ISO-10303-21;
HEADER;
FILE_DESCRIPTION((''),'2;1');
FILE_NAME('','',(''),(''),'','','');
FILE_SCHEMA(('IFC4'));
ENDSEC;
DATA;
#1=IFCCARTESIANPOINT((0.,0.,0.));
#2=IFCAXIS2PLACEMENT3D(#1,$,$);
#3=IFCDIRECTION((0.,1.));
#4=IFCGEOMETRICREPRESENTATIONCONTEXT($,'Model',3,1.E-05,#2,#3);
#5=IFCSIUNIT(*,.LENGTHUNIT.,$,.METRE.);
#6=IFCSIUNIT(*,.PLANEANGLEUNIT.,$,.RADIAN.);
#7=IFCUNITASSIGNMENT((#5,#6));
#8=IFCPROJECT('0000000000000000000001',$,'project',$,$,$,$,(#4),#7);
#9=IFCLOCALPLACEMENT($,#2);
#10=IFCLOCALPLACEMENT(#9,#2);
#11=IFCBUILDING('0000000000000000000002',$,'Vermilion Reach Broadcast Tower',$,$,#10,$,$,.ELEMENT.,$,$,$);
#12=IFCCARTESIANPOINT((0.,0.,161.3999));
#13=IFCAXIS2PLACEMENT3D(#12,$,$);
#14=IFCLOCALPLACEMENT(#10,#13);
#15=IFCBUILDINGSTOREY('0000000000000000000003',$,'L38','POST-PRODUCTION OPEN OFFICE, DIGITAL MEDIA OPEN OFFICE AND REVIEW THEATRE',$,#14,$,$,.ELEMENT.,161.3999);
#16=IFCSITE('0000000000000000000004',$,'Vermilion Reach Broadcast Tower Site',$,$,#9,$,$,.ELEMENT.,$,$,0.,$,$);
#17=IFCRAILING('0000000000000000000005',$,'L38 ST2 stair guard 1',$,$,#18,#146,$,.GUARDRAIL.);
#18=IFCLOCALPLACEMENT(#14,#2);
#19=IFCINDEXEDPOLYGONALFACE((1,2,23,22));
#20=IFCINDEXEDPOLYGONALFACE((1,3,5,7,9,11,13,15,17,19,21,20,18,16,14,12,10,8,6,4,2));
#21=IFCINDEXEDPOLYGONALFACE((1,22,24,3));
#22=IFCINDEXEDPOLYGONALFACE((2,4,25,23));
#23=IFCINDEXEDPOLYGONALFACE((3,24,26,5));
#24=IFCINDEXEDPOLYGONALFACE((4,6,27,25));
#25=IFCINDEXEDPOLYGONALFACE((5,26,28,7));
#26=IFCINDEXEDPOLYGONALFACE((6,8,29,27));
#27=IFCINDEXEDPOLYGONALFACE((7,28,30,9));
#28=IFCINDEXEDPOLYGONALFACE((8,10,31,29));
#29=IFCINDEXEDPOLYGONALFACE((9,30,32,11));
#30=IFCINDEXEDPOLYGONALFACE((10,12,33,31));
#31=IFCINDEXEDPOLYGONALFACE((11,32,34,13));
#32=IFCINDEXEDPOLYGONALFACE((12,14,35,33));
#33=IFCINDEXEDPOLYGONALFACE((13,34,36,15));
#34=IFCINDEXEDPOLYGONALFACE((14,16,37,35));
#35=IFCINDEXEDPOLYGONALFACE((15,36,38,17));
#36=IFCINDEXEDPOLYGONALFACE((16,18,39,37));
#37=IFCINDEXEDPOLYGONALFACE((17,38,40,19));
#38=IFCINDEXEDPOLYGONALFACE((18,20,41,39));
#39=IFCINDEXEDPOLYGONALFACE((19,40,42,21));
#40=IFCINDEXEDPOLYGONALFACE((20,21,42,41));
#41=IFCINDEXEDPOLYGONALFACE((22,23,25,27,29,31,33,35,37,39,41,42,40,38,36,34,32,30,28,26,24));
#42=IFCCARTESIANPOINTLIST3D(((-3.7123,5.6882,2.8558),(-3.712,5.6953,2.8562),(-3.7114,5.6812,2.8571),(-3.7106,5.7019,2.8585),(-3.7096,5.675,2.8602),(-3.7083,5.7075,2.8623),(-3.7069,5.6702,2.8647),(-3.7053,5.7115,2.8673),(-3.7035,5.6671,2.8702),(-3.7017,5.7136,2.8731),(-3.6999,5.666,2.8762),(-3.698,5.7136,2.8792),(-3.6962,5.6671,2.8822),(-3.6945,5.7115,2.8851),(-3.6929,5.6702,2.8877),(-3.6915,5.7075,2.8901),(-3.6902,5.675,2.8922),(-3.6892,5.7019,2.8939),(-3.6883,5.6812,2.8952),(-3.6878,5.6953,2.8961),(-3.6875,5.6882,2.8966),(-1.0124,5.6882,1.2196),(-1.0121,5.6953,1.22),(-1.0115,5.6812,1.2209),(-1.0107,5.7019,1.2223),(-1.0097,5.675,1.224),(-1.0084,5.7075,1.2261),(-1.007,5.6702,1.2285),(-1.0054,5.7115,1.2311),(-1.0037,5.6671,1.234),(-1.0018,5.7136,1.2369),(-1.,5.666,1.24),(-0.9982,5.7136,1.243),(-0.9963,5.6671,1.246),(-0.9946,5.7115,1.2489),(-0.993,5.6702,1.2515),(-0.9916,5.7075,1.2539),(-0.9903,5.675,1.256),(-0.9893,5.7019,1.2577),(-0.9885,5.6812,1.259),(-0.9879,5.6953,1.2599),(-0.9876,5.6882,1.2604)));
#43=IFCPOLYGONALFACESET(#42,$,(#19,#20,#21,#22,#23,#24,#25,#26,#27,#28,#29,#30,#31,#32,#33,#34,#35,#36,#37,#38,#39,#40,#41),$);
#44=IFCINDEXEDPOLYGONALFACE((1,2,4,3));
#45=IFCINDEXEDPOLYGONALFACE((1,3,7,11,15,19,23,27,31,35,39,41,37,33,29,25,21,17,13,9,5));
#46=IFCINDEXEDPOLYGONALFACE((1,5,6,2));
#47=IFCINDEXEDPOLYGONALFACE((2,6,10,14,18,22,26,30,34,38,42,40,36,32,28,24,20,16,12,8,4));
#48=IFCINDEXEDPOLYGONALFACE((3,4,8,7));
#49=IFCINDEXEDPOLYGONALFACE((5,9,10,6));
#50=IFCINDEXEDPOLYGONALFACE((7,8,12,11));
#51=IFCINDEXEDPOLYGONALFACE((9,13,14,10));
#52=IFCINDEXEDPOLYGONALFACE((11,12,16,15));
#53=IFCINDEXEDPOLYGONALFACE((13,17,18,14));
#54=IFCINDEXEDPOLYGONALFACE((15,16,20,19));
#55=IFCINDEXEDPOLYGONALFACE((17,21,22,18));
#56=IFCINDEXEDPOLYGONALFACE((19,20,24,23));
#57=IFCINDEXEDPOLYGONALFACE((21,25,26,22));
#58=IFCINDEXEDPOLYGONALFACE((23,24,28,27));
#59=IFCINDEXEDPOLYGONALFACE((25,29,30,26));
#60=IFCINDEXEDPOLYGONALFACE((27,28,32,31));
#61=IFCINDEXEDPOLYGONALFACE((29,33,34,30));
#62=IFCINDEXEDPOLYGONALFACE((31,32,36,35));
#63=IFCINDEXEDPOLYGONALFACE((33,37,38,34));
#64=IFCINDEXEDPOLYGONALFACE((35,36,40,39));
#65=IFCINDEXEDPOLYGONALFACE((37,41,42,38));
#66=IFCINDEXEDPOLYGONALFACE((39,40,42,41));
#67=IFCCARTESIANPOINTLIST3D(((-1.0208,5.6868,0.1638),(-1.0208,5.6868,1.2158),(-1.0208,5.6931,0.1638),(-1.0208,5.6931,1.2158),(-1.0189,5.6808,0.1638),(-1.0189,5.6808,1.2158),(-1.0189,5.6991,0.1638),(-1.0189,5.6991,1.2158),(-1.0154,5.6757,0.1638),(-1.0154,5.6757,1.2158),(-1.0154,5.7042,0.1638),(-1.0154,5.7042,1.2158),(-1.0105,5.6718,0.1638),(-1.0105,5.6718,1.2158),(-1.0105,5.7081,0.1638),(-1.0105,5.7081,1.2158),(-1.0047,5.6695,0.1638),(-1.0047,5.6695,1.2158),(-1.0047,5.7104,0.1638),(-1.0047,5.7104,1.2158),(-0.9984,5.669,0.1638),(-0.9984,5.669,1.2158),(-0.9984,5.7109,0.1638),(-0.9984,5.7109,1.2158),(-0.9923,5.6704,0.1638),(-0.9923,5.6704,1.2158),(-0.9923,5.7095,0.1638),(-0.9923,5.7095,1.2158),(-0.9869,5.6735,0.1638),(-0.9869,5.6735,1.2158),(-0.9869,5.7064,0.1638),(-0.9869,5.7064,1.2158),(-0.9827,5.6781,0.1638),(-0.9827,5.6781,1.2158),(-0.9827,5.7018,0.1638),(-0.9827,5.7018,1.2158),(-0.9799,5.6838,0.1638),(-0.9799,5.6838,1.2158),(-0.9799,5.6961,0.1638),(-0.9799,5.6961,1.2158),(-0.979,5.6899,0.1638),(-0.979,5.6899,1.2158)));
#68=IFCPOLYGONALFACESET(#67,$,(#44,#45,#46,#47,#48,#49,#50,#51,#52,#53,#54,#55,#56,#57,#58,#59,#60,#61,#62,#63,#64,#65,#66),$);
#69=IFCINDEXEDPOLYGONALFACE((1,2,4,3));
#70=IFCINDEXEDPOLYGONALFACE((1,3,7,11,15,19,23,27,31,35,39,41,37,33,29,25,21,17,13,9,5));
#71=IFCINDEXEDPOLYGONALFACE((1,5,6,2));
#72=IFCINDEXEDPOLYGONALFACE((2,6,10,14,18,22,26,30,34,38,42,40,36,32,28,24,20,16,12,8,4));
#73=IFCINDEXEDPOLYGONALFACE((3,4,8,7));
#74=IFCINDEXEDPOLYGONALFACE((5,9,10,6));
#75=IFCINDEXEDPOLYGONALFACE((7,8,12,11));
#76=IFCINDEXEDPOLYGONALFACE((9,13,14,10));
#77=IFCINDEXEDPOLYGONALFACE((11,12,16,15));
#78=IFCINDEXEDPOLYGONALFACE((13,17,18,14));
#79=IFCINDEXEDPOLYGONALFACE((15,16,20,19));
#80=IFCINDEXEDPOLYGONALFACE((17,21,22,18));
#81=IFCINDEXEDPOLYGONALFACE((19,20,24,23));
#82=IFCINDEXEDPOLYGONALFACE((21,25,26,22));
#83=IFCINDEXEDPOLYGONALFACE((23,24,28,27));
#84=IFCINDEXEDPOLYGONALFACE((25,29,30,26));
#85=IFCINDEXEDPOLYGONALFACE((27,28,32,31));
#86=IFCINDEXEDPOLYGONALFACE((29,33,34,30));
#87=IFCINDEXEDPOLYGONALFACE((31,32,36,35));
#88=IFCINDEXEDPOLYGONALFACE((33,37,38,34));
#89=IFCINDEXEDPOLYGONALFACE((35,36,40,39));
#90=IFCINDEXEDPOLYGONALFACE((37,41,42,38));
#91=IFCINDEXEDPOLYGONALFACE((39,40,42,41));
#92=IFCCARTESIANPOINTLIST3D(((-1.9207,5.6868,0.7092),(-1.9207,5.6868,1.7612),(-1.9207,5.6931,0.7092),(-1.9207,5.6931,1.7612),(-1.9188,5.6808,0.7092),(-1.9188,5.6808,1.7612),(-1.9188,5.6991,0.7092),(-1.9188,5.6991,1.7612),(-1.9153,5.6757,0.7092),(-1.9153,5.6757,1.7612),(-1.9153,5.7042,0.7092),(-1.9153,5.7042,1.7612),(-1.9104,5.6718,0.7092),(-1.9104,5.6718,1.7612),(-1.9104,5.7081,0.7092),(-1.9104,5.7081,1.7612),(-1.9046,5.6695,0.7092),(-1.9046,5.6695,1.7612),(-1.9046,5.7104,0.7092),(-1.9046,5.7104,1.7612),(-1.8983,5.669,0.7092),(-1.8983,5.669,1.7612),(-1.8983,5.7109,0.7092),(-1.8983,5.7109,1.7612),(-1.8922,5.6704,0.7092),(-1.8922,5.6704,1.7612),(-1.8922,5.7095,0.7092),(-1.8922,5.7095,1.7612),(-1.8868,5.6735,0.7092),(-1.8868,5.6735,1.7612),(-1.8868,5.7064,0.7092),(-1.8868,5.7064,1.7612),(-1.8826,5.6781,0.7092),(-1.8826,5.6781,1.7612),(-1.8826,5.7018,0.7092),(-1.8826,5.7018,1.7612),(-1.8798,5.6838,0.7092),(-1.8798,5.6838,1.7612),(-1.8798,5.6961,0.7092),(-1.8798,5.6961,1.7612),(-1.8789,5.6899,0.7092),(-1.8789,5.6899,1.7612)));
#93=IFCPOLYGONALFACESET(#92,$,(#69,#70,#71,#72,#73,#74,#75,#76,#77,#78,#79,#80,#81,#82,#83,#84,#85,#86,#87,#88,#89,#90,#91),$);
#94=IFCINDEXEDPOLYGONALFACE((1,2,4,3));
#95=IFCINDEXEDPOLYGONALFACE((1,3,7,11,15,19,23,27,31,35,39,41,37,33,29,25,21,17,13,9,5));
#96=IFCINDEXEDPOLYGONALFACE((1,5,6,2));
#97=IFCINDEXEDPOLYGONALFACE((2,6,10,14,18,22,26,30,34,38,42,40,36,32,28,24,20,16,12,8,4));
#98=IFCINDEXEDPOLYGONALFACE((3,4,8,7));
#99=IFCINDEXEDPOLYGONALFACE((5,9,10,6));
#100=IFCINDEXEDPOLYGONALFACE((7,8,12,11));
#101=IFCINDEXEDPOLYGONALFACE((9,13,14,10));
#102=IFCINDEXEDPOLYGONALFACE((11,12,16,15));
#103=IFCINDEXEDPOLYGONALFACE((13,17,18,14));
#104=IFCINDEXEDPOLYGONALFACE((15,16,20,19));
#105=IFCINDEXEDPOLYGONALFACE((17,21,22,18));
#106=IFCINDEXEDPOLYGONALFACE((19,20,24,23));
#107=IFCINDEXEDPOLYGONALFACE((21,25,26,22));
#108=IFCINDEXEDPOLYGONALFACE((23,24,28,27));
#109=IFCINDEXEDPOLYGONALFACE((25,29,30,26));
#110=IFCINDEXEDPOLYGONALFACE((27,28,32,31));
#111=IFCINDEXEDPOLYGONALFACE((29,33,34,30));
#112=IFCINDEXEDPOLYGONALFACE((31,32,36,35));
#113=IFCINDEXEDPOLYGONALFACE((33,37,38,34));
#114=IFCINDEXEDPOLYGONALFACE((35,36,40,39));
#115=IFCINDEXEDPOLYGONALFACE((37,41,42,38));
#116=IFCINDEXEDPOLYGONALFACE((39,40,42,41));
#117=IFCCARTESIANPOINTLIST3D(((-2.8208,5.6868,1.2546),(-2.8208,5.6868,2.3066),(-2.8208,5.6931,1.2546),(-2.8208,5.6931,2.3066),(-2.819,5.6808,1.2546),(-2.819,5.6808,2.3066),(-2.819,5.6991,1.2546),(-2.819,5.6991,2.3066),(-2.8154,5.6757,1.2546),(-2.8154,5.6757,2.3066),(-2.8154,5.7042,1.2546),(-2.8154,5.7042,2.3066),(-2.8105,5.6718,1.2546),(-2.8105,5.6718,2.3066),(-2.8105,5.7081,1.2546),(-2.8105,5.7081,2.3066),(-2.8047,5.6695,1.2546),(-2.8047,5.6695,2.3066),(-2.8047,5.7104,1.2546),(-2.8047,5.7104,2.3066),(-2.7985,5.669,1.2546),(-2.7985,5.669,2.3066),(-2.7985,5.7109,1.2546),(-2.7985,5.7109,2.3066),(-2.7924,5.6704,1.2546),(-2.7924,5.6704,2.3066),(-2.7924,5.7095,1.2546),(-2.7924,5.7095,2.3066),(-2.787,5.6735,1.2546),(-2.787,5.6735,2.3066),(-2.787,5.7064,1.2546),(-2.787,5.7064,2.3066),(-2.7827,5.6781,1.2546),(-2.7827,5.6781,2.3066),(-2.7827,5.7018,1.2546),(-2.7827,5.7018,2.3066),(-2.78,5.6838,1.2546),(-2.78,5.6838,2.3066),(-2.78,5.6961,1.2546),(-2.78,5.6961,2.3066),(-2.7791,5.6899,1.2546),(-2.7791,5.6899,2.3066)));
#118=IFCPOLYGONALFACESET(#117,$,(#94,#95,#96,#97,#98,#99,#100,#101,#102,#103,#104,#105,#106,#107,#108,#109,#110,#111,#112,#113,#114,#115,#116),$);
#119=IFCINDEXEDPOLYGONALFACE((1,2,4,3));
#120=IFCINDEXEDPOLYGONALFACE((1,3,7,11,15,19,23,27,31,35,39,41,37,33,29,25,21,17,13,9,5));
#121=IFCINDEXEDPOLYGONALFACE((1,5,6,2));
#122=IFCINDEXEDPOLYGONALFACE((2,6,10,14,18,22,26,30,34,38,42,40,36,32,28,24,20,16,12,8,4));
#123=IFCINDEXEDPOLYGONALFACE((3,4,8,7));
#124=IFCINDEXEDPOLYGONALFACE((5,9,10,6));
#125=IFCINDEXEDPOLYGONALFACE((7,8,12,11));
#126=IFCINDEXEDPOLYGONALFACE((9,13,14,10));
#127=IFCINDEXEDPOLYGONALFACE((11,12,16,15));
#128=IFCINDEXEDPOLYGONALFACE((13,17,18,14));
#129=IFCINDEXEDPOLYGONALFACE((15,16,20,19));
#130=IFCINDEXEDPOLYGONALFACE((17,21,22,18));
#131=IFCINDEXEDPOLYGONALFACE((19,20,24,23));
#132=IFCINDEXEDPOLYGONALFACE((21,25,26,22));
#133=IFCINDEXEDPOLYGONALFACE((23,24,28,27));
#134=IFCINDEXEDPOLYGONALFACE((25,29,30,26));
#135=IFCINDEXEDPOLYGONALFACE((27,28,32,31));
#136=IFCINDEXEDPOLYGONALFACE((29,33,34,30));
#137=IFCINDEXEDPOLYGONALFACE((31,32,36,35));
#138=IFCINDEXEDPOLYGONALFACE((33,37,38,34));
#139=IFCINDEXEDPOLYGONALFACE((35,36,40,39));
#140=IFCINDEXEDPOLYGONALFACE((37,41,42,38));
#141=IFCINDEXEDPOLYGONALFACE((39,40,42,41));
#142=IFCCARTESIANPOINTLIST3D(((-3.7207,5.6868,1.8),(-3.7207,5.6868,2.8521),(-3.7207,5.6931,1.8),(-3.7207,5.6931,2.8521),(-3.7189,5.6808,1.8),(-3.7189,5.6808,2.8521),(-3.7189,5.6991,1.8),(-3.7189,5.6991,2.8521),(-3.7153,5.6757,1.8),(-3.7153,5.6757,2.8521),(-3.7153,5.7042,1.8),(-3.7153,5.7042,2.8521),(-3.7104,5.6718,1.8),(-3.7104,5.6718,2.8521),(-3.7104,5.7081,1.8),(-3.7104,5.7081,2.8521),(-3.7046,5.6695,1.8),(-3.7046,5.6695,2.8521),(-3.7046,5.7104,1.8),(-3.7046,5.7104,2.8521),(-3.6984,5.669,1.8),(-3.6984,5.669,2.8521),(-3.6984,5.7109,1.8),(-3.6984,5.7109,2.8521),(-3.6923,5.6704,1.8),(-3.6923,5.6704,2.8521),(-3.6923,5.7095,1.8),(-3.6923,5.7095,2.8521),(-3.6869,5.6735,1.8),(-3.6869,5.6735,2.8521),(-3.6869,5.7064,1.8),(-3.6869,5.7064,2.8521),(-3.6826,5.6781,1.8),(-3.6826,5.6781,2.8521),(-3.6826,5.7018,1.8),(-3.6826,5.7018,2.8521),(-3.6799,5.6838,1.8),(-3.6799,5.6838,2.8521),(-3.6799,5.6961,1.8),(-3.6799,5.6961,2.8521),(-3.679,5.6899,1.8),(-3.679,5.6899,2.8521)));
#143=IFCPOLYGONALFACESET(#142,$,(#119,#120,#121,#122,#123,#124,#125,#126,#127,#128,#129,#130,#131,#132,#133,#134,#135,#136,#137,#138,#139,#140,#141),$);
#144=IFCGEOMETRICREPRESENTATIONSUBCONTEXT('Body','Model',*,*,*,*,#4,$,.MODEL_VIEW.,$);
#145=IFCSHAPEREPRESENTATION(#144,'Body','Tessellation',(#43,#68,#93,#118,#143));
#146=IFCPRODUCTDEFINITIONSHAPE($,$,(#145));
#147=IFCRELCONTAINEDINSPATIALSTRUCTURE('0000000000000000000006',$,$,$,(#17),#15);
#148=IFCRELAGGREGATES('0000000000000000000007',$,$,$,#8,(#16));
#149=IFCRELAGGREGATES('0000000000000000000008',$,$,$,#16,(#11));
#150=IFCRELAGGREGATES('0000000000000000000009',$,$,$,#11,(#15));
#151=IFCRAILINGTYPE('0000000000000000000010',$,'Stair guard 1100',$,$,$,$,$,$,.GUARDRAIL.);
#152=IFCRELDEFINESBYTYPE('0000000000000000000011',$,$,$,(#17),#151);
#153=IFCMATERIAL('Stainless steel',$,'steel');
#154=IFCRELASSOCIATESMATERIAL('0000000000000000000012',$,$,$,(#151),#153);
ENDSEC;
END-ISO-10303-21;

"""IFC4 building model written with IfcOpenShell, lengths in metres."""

from ifc_helpers import new_model, si_unit, direction, frame, origin, origin_2d, place, context, subcontext, project, spatial, circle, extrude, material, type_object, element, save


model = new_model("IFC4")

# Units and contexts
model_context = context("Model", 3, precision=1e-05, world=origin(), true_north=direction((0.0, 1.0)))
body_context = subcontext(model_context, "Body", "Model", "MODEL_VIEW")
ifc_project = project(units=[si_unit("LENGTHUNIT", "METRE"), si_unit("PLANEANGLEUNIT", "RADIAN")], contexts=[model_context])

# Site, building, storey
site_placement = place(None, origin())
site = spatial("IfcSite", under=ifc_project, at=site_placement, Name="Vermilion Reach Broadcast Tower Site", CompositionType="ELEMENT", RefElevation=0.0)
building_placement = place(site_placement, origin())
building = spatial("IfcBuilding", under=site, at=building_placement, Name="Vermilion Reach Broadcast Tower", CompositionType="ELEMENT")
storey_placement = place(building_placement, frame((0.0, 0.0, 161.3999)))
storey = spatial("IfcBuildingStorey", under=building, at=storey_placement, Name="L38", Description="POST-PRODUCTION OPEN OFFICE, DIGITAL MEDIA OPEN OFFICE AND REVIEW THEATRE", CompositionType="ELEMENT", Elevation=161.3999)

# Railing
ifc_material_1 = material(Name="Stainless steel", Category="steel")
railing_type_1 = type_object("IfcRailingType", Name="Stair guard 1100", PredefinedType="GUARDRAIL", material=ifc_material_1)
railing_1_placement = place(storey_placement, frame((-1.0, 5.6899, 0.1638)))
element("IfcRailing", 1, at=railing_1_placement, inside=storey, type_object=railing_type_1, Name="L38 ST2 stair guard 1", PredefinedType="GUARDRAIL", context=body_context, shape_type="SweptSolid", body=[
    extrude(circle(Radius=0.0239, at=origin_2d()), frame((0.0, 0.0, 1.0762), z_axis=(-0.855212, 0.0, 0.518278), x_axis=(0.0, -1.0, 0.0)), (0.0, 0.0, 1.0), 3.157),
    extrude(circle(Radius=0.021, at=origin_2d()), origin(), (0.0, 0.0, 1.0), 1.052),
    extrude(circle(Radius=0.021, at=origin_2d()), frame((-0.8999, 0.0, 0.5454)), (0.0, 0.0, 1.0), 1.052),
    extrude(circle(Radius=0.021, at=origin_2d()), frame((-1.8, 0.0, 1.0908)), (0.0, 0.0, 1.0), 1.052),
    extrude(circle(Radius=0.021, at=origin_2d()), frame((-2.7, 0.0, 1.6362)), (0.0, 0.0, 1.0), 1.052),
])

save(model, "model.ifc")
